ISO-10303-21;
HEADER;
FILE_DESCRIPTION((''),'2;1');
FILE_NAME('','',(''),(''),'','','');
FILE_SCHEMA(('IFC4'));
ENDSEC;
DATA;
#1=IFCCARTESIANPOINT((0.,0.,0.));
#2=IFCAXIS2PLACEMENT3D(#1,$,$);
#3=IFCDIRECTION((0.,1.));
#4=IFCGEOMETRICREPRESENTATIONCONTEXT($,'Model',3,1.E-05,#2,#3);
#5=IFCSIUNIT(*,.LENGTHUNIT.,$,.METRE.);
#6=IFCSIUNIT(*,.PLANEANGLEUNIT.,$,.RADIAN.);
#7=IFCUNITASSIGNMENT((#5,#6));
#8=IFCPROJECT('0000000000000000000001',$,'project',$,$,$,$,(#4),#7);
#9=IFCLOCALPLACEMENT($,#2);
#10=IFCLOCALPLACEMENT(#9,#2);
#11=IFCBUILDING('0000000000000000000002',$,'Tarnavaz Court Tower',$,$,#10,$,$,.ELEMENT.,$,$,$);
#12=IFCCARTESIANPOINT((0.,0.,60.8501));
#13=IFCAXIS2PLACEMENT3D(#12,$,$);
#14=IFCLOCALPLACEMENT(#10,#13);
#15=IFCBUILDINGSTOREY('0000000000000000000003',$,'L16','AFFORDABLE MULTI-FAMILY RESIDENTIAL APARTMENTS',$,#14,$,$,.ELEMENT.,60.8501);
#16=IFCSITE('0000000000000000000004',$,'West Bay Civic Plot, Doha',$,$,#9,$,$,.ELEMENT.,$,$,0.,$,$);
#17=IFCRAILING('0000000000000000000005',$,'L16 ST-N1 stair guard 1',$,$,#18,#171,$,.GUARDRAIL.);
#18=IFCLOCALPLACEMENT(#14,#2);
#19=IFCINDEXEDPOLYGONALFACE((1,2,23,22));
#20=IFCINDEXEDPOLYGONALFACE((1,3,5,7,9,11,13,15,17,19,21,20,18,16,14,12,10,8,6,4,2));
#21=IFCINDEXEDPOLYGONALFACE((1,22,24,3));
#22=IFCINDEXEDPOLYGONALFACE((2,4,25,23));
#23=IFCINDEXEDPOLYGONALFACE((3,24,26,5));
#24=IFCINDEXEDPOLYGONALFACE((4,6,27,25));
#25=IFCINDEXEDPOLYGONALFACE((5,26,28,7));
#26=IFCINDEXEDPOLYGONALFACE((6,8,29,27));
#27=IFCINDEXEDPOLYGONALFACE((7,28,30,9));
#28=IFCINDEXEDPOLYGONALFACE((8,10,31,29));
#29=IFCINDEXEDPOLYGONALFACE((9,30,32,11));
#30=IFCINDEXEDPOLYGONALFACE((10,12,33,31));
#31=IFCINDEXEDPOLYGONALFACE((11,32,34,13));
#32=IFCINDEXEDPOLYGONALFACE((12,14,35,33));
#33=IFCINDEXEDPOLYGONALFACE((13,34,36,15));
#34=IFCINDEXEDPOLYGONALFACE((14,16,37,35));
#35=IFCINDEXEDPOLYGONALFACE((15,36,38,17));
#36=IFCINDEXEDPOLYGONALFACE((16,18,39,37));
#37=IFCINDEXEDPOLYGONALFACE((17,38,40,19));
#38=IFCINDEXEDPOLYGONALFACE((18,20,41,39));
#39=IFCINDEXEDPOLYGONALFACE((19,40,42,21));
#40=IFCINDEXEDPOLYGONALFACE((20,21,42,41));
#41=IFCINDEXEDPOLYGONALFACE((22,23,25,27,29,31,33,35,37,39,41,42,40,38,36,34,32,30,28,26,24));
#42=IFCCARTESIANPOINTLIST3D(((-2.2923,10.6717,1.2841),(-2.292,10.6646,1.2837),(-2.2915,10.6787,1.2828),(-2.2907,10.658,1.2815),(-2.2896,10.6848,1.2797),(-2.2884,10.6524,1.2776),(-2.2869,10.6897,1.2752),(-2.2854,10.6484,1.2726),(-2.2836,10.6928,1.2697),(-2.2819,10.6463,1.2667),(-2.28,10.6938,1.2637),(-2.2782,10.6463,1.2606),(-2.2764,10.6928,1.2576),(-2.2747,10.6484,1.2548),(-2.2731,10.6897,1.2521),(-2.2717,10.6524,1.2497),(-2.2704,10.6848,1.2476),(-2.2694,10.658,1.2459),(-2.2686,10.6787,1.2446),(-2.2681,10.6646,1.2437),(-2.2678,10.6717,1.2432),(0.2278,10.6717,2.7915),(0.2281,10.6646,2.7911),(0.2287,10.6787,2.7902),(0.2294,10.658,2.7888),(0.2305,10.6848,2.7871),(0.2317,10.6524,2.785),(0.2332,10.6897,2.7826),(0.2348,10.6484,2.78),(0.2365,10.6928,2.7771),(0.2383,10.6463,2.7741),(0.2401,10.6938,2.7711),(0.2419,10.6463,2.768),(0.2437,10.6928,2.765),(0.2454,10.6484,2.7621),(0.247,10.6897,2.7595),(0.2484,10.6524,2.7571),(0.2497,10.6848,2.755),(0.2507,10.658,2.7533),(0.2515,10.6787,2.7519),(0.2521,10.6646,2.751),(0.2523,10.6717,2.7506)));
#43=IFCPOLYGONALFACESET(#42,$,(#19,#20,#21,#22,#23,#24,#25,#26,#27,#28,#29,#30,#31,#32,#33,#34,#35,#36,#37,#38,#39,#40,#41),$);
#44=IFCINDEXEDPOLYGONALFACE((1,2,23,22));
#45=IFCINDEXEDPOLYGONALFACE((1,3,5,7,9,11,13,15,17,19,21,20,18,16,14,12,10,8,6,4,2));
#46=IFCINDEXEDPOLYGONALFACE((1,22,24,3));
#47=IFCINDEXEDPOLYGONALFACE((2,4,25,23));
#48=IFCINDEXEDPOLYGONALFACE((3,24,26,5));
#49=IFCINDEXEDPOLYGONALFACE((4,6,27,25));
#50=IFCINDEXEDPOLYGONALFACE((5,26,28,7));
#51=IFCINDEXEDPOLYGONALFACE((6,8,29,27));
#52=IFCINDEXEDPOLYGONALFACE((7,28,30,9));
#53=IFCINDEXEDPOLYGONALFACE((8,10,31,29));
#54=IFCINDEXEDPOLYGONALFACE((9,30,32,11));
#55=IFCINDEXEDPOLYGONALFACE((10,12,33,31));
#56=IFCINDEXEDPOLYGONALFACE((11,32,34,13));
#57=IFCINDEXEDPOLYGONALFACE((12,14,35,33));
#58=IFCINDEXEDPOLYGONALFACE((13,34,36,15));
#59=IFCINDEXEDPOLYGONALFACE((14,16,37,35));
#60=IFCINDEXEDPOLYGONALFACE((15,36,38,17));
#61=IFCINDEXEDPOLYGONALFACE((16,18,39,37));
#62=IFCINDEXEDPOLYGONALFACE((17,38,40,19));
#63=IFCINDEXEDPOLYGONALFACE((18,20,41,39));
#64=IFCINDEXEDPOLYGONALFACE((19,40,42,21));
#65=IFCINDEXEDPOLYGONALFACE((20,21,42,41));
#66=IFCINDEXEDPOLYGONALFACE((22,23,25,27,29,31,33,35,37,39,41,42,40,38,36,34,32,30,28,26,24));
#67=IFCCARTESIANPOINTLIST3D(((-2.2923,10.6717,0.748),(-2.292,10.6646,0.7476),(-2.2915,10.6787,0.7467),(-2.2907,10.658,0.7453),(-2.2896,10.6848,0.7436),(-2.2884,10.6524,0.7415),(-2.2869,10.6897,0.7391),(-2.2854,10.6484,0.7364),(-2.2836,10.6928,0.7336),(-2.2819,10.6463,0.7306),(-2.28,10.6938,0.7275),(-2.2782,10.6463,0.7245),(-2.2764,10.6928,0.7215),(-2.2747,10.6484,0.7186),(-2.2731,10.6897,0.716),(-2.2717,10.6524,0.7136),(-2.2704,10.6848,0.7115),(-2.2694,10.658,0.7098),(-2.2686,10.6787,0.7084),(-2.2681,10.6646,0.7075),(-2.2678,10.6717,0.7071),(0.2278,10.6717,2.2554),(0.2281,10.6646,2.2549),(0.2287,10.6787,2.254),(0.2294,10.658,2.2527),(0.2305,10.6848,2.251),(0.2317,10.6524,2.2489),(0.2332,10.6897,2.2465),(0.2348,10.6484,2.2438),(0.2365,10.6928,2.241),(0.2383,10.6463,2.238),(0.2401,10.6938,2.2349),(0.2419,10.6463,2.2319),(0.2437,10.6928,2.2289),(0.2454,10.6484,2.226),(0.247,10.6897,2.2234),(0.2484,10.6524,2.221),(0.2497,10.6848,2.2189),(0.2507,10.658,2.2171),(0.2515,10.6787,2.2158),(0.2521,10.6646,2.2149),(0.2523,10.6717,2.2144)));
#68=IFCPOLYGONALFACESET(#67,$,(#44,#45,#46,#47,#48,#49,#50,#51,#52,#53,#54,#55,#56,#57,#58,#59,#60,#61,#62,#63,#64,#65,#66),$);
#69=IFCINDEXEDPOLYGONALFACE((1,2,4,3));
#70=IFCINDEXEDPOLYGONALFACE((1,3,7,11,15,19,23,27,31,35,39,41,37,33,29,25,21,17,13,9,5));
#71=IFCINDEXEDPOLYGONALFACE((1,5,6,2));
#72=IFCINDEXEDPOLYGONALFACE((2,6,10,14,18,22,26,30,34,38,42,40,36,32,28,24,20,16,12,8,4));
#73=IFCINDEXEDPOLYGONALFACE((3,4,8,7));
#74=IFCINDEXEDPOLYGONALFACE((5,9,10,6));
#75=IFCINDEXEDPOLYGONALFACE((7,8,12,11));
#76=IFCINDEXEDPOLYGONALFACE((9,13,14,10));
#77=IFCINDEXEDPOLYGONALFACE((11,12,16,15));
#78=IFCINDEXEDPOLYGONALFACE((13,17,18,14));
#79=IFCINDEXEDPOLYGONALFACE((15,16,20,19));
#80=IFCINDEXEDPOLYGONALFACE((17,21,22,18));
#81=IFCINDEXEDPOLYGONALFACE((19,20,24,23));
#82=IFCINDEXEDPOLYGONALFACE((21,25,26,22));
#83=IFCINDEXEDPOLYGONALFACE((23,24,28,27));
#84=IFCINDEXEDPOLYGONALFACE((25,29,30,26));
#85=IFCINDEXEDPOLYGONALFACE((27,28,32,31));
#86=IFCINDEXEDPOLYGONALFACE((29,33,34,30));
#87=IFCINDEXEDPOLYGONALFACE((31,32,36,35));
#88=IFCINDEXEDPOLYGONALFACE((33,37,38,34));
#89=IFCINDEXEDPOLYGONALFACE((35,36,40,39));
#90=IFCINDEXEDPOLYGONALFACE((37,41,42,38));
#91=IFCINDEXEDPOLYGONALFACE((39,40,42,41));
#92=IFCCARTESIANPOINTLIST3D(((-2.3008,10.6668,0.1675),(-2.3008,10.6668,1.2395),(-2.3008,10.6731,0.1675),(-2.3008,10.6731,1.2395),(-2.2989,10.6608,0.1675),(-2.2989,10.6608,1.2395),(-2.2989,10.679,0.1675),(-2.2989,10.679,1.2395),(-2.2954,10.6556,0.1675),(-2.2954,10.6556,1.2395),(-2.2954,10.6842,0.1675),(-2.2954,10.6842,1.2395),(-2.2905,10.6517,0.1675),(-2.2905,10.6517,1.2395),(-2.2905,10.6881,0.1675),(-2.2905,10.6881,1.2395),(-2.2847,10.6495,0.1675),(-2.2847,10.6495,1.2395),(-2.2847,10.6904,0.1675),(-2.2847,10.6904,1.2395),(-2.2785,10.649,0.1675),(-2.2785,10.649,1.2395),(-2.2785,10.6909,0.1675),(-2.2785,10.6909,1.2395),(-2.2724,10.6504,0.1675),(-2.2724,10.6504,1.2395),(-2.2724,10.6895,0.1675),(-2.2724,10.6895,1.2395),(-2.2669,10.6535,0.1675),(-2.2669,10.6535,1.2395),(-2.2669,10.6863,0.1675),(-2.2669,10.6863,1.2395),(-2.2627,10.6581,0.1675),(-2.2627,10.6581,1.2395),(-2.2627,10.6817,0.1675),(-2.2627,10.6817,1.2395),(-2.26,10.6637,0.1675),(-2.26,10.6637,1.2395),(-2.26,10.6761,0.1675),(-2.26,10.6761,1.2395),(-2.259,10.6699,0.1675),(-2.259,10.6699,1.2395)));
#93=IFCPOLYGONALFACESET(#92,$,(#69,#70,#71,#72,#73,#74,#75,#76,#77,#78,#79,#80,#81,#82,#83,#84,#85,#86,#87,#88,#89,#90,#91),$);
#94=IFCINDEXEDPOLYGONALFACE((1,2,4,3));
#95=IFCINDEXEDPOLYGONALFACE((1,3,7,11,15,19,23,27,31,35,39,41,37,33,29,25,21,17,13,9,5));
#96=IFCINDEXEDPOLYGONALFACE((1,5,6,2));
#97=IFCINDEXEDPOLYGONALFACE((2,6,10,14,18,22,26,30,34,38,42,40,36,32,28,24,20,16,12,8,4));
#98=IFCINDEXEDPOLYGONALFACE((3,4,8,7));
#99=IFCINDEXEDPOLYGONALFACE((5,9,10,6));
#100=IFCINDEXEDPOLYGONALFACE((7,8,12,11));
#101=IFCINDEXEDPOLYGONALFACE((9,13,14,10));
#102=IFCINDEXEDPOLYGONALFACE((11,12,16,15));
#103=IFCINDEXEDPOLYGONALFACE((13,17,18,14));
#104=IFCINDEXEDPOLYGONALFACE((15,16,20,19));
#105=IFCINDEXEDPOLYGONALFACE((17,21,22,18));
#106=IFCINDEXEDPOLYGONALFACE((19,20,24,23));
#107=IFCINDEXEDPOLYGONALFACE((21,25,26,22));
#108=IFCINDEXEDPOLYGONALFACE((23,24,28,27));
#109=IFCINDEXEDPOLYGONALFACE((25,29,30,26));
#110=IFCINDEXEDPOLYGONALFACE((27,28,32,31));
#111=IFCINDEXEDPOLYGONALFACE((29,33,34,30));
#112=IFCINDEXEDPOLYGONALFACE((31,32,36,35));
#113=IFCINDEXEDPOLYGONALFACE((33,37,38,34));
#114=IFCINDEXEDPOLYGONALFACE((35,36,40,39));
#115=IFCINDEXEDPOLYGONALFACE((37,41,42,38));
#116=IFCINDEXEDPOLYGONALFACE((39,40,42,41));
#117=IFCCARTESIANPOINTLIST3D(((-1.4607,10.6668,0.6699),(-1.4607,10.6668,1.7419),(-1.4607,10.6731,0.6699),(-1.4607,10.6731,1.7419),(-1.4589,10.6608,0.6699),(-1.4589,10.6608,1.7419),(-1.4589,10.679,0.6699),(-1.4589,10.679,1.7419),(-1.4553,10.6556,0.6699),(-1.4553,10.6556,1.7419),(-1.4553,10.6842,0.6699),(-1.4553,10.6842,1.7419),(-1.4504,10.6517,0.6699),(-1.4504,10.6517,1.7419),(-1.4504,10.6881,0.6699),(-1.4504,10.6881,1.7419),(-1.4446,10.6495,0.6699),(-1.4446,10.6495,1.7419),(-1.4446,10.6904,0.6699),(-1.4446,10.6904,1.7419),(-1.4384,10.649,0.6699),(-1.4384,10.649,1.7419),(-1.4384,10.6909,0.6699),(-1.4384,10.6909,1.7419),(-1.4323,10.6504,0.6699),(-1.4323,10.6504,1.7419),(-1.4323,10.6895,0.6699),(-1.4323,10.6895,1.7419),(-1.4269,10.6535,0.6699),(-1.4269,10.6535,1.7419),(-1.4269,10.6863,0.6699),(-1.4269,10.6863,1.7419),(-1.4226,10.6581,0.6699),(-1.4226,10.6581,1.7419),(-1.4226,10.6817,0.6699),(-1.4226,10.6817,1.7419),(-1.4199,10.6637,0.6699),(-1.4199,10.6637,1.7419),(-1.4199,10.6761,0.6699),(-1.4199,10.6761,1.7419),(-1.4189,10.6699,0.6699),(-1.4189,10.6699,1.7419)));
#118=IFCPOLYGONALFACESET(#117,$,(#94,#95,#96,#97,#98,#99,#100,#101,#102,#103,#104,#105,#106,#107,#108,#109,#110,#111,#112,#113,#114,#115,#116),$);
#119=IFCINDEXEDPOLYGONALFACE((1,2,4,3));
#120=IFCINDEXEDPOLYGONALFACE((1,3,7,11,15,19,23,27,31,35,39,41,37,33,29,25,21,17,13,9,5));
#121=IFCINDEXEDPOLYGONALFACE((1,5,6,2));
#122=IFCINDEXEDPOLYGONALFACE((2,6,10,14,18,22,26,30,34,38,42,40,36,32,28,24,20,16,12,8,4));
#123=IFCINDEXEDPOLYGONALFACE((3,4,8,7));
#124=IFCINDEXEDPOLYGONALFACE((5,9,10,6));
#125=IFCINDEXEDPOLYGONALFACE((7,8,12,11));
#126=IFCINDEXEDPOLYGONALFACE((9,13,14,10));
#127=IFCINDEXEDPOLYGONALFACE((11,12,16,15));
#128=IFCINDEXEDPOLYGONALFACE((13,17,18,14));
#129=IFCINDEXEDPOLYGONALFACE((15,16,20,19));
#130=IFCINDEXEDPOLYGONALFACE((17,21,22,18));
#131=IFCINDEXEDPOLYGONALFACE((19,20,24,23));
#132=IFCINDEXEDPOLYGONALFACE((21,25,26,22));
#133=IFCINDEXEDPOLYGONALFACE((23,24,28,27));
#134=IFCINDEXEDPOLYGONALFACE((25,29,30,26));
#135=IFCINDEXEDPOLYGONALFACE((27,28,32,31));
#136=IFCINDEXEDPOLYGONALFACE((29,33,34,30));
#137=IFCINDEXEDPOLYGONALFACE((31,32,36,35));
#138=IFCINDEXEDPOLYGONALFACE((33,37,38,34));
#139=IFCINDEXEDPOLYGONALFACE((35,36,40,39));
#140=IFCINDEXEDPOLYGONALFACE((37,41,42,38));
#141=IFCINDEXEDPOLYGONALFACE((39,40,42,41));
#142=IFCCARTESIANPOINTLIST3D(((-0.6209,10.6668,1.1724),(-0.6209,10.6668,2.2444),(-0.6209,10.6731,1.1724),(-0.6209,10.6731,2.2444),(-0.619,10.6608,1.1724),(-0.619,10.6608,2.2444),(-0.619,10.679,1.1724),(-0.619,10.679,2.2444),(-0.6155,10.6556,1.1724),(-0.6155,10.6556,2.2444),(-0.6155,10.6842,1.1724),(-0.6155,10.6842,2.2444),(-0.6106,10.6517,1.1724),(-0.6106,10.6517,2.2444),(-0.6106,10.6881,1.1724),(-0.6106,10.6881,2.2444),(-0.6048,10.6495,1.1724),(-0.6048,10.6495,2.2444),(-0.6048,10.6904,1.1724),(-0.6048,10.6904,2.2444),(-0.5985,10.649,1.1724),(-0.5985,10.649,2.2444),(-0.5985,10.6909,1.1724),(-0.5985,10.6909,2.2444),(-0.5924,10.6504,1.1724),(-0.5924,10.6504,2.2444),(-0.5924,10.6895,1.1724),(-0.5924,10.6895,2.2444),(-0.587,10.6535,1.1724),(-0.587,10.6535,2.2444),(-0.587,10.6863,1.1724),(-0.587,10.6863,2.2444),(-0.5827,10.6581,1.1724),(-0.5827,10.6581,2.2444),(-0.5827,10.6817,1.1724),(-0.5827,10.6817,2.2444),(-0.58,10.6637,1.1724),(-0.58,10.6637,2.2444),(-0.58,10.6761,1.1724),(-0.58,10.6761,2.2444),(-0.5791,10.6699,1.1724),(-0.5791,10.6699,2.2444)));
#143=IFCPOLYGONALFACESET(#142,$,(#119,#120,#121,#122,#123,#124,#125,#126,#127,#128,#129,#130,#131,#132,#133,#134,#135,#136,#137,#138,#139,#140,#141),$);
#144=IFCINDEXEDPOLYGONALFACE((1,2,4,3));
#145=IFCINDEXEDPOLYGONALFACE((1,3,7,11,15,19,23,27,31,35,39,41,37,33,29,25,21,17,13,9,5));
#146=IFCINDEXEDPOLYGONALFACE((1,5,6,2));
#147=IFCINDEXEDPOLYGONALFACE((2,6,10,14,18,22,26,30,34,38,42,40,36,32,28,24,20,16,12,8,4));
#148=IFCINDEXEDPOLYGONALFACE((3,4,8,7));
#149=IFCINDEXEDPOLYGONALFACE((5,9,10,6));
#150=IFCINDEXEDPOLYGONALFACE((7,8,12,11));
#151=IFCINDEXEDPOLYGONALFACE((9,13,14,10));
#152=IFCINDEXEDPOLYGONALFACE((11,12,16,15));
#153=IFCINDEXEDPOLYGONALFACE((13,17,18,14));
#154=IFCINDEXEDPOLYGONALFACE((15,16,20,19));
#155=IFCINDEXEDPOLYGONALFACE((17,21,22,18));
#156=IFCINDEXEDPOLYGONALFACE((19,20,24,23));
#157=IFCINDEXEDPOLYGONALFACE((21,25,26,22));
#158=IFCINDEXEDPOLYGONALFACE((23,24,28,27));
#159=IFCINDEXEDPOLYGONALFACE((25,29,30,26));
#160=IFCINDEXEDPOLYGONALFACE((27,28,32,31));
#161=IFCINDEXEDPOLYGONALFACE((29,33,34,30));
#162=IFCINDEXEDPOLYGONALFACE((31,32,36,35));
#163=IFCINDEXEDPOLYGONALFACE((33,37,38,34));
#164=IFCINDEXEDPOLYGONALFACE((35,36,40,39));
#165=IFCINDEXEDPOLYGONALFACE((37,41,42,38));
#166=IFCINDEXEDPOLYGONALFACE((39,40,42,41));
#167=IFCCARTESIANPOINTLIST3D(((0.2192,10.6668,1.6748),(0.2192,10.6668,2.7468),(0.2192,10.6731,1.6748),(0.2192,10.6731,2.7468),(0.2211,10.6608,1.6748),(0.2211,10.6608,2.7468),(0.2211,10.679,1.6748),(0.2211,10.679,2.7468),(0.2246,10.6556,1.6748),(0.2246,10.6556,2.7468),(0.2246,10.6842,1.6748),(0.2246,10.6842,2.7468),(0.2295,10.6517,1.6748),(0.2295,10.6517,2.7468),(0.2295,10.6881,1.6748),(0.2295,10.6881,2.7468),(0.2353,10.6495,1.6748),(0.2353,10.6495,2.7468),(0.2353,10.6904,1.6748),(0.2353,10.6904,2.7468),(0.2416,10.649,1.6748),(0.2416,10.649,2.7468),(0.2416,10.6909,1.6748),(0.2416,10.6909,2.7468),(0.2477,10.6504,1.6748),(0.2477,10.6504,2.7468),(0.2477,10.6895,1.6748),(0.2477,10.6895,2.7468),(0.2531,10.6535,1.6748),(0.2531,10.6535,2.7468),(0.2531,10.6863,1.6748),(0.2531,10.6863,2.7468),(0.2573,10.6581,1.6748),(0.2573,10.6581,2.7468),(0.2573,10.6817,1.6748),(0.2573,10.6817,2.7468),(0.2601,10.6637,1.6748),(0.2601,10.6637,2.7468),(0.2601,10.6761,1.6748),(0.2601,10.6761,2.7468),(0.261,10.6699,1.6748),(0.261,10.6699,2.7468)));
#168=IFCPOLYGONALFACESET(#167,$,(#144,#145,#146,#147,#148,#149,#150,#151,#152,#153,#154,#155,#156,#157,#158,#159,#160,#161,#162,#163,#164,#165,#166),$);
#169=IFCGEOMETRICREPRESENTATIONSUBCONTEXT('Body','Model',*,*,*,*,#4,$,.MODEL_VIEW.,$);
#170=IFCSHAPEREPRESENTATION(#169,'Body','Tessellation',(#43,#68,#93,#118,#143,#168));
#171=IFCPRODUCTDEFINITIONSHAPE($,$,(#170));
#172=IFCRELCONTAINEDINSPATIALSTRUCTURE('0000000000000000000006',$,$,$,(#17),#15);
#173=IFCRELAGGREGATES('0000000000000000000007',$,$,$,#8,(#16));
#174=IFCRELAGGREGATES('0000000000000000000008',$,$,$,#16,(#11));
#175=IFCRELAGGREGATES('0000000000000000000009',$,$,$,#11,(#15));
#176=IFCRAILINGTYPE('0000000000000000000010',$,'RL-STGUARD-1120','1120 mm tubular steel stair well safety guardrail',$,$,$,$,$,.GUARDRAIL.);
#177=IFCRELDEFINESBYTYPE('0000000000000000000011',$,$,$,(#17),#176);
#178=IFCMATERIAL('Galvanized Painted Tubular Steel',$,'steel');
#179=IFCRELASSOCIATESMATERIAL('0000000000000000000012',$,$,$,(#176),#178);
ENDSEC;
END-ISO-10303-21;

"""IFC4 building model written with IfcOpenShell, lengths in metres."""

from ifc_helpers import new_model, si_unit, direction, frame, origin, origin_2d, place, context, subcontext, project, spatial, circle, extrude, material, type_object, element, save


model = new_model("IFC4")

# Units and contexts
model_context = context("Model", 3, precision=1e-05, world=origin(), true_north=direction((0.0, 1.0)))
body_context = subcontext(model_context, "Body", "Model", "MODEL_VIEW")
ifc_project = project(units=[si_unit("LENGTHUNIT", "METRE"), si_unit("PLANEANGLEUNIT", "RADIAN")], contexts=[model_context])

# Site, building, storey
site_placement = place(None, origin())
site = spatial("IfcSite", under=ifc_project, at=site_placement, Name="West Bay Civic Plot, Doha", CompositionType="ELEMENT", RefElevation=0.0)
building_placement = place(site_placement, origin())
building = spatial("IfcBuilding", under=site, at=building_placement, Name="Tarnavaz Court Tower", CompositionType="ELEMENT")
storey_placement = place(building_placement, frame((0.0, 0.0, 60.8501)))
storey = spatial("IfcBuildingStorey", under=building, at=storey_placement, Name="L16", Description="AFFORDABLE MULTI-FAMILY RESIDENTIAL APARTMENTS", CompositionType="ELEMENT", Elevation=60.8501)

# Railing
ifc_material_1 = material(Name="Galvanized Painted Tubular Steel", Category="steel")
railing_type = type_object("IfcRailingType", Name="RL-STGUARD-1120", Description="1120 mm tubular steel stair well safety guardrail", PredefinedType="GUARDRAIL", material=ifc_material_1)
railing_1_placement = place(storey_placement, frame((-2.28, 10.6699, 0.1675)))
element("IfcRailing", 1, at=railing_1_placement, inside=storey, type_object=railing_type, Name="L16 ST-N1 stair guard 1", PredefinedType="GUARDRAIL", context=body_context, shape_type="SweptSolid", body=[
    extrude(circle(Radius=0.0239, at=origin_2d()), frame((0.0, 0.0, 1.0962), z_axis=(0.858196, 0.0, 0.513321), x_axis=(0.0, 1.0, 0.0)), (0.0, 0.0, 1.0), 2.9365),
    extrude(circle(Radius=0.0239, at=origin_2d()), frame((0.0, 0.0, 0.5601), z_axis=(0.858196, 0.0, 0.513321), x_axis=(0.0, 1.0, 0.0)), (0.0, 0.0, 1.0), 2.9365),
    extrude(circle(Radius=0.021, at=origin_2d()), origin(), (0.0, 0.0, 1.0), 1.072),
    extrude(circle(Radius=0.021, at=origin_2d()), frame((0.8401, 0.0, 0.5024)), (0.0, 0.0, 1.0), 1.072),
    extrude(circle(Radius=0.021, at=origin_2d()), frame((1.6799, 0.0, 1.0049)), (0.0, 0.0, 1.0), 1.072),
    extrude(circle(Radius=0.021, at=origin_2d()), frame((2.52, 0.0, 1.5073)), (0.0, 0.0, 1.0), 1.072),
])

save(model, "model.ifc")
